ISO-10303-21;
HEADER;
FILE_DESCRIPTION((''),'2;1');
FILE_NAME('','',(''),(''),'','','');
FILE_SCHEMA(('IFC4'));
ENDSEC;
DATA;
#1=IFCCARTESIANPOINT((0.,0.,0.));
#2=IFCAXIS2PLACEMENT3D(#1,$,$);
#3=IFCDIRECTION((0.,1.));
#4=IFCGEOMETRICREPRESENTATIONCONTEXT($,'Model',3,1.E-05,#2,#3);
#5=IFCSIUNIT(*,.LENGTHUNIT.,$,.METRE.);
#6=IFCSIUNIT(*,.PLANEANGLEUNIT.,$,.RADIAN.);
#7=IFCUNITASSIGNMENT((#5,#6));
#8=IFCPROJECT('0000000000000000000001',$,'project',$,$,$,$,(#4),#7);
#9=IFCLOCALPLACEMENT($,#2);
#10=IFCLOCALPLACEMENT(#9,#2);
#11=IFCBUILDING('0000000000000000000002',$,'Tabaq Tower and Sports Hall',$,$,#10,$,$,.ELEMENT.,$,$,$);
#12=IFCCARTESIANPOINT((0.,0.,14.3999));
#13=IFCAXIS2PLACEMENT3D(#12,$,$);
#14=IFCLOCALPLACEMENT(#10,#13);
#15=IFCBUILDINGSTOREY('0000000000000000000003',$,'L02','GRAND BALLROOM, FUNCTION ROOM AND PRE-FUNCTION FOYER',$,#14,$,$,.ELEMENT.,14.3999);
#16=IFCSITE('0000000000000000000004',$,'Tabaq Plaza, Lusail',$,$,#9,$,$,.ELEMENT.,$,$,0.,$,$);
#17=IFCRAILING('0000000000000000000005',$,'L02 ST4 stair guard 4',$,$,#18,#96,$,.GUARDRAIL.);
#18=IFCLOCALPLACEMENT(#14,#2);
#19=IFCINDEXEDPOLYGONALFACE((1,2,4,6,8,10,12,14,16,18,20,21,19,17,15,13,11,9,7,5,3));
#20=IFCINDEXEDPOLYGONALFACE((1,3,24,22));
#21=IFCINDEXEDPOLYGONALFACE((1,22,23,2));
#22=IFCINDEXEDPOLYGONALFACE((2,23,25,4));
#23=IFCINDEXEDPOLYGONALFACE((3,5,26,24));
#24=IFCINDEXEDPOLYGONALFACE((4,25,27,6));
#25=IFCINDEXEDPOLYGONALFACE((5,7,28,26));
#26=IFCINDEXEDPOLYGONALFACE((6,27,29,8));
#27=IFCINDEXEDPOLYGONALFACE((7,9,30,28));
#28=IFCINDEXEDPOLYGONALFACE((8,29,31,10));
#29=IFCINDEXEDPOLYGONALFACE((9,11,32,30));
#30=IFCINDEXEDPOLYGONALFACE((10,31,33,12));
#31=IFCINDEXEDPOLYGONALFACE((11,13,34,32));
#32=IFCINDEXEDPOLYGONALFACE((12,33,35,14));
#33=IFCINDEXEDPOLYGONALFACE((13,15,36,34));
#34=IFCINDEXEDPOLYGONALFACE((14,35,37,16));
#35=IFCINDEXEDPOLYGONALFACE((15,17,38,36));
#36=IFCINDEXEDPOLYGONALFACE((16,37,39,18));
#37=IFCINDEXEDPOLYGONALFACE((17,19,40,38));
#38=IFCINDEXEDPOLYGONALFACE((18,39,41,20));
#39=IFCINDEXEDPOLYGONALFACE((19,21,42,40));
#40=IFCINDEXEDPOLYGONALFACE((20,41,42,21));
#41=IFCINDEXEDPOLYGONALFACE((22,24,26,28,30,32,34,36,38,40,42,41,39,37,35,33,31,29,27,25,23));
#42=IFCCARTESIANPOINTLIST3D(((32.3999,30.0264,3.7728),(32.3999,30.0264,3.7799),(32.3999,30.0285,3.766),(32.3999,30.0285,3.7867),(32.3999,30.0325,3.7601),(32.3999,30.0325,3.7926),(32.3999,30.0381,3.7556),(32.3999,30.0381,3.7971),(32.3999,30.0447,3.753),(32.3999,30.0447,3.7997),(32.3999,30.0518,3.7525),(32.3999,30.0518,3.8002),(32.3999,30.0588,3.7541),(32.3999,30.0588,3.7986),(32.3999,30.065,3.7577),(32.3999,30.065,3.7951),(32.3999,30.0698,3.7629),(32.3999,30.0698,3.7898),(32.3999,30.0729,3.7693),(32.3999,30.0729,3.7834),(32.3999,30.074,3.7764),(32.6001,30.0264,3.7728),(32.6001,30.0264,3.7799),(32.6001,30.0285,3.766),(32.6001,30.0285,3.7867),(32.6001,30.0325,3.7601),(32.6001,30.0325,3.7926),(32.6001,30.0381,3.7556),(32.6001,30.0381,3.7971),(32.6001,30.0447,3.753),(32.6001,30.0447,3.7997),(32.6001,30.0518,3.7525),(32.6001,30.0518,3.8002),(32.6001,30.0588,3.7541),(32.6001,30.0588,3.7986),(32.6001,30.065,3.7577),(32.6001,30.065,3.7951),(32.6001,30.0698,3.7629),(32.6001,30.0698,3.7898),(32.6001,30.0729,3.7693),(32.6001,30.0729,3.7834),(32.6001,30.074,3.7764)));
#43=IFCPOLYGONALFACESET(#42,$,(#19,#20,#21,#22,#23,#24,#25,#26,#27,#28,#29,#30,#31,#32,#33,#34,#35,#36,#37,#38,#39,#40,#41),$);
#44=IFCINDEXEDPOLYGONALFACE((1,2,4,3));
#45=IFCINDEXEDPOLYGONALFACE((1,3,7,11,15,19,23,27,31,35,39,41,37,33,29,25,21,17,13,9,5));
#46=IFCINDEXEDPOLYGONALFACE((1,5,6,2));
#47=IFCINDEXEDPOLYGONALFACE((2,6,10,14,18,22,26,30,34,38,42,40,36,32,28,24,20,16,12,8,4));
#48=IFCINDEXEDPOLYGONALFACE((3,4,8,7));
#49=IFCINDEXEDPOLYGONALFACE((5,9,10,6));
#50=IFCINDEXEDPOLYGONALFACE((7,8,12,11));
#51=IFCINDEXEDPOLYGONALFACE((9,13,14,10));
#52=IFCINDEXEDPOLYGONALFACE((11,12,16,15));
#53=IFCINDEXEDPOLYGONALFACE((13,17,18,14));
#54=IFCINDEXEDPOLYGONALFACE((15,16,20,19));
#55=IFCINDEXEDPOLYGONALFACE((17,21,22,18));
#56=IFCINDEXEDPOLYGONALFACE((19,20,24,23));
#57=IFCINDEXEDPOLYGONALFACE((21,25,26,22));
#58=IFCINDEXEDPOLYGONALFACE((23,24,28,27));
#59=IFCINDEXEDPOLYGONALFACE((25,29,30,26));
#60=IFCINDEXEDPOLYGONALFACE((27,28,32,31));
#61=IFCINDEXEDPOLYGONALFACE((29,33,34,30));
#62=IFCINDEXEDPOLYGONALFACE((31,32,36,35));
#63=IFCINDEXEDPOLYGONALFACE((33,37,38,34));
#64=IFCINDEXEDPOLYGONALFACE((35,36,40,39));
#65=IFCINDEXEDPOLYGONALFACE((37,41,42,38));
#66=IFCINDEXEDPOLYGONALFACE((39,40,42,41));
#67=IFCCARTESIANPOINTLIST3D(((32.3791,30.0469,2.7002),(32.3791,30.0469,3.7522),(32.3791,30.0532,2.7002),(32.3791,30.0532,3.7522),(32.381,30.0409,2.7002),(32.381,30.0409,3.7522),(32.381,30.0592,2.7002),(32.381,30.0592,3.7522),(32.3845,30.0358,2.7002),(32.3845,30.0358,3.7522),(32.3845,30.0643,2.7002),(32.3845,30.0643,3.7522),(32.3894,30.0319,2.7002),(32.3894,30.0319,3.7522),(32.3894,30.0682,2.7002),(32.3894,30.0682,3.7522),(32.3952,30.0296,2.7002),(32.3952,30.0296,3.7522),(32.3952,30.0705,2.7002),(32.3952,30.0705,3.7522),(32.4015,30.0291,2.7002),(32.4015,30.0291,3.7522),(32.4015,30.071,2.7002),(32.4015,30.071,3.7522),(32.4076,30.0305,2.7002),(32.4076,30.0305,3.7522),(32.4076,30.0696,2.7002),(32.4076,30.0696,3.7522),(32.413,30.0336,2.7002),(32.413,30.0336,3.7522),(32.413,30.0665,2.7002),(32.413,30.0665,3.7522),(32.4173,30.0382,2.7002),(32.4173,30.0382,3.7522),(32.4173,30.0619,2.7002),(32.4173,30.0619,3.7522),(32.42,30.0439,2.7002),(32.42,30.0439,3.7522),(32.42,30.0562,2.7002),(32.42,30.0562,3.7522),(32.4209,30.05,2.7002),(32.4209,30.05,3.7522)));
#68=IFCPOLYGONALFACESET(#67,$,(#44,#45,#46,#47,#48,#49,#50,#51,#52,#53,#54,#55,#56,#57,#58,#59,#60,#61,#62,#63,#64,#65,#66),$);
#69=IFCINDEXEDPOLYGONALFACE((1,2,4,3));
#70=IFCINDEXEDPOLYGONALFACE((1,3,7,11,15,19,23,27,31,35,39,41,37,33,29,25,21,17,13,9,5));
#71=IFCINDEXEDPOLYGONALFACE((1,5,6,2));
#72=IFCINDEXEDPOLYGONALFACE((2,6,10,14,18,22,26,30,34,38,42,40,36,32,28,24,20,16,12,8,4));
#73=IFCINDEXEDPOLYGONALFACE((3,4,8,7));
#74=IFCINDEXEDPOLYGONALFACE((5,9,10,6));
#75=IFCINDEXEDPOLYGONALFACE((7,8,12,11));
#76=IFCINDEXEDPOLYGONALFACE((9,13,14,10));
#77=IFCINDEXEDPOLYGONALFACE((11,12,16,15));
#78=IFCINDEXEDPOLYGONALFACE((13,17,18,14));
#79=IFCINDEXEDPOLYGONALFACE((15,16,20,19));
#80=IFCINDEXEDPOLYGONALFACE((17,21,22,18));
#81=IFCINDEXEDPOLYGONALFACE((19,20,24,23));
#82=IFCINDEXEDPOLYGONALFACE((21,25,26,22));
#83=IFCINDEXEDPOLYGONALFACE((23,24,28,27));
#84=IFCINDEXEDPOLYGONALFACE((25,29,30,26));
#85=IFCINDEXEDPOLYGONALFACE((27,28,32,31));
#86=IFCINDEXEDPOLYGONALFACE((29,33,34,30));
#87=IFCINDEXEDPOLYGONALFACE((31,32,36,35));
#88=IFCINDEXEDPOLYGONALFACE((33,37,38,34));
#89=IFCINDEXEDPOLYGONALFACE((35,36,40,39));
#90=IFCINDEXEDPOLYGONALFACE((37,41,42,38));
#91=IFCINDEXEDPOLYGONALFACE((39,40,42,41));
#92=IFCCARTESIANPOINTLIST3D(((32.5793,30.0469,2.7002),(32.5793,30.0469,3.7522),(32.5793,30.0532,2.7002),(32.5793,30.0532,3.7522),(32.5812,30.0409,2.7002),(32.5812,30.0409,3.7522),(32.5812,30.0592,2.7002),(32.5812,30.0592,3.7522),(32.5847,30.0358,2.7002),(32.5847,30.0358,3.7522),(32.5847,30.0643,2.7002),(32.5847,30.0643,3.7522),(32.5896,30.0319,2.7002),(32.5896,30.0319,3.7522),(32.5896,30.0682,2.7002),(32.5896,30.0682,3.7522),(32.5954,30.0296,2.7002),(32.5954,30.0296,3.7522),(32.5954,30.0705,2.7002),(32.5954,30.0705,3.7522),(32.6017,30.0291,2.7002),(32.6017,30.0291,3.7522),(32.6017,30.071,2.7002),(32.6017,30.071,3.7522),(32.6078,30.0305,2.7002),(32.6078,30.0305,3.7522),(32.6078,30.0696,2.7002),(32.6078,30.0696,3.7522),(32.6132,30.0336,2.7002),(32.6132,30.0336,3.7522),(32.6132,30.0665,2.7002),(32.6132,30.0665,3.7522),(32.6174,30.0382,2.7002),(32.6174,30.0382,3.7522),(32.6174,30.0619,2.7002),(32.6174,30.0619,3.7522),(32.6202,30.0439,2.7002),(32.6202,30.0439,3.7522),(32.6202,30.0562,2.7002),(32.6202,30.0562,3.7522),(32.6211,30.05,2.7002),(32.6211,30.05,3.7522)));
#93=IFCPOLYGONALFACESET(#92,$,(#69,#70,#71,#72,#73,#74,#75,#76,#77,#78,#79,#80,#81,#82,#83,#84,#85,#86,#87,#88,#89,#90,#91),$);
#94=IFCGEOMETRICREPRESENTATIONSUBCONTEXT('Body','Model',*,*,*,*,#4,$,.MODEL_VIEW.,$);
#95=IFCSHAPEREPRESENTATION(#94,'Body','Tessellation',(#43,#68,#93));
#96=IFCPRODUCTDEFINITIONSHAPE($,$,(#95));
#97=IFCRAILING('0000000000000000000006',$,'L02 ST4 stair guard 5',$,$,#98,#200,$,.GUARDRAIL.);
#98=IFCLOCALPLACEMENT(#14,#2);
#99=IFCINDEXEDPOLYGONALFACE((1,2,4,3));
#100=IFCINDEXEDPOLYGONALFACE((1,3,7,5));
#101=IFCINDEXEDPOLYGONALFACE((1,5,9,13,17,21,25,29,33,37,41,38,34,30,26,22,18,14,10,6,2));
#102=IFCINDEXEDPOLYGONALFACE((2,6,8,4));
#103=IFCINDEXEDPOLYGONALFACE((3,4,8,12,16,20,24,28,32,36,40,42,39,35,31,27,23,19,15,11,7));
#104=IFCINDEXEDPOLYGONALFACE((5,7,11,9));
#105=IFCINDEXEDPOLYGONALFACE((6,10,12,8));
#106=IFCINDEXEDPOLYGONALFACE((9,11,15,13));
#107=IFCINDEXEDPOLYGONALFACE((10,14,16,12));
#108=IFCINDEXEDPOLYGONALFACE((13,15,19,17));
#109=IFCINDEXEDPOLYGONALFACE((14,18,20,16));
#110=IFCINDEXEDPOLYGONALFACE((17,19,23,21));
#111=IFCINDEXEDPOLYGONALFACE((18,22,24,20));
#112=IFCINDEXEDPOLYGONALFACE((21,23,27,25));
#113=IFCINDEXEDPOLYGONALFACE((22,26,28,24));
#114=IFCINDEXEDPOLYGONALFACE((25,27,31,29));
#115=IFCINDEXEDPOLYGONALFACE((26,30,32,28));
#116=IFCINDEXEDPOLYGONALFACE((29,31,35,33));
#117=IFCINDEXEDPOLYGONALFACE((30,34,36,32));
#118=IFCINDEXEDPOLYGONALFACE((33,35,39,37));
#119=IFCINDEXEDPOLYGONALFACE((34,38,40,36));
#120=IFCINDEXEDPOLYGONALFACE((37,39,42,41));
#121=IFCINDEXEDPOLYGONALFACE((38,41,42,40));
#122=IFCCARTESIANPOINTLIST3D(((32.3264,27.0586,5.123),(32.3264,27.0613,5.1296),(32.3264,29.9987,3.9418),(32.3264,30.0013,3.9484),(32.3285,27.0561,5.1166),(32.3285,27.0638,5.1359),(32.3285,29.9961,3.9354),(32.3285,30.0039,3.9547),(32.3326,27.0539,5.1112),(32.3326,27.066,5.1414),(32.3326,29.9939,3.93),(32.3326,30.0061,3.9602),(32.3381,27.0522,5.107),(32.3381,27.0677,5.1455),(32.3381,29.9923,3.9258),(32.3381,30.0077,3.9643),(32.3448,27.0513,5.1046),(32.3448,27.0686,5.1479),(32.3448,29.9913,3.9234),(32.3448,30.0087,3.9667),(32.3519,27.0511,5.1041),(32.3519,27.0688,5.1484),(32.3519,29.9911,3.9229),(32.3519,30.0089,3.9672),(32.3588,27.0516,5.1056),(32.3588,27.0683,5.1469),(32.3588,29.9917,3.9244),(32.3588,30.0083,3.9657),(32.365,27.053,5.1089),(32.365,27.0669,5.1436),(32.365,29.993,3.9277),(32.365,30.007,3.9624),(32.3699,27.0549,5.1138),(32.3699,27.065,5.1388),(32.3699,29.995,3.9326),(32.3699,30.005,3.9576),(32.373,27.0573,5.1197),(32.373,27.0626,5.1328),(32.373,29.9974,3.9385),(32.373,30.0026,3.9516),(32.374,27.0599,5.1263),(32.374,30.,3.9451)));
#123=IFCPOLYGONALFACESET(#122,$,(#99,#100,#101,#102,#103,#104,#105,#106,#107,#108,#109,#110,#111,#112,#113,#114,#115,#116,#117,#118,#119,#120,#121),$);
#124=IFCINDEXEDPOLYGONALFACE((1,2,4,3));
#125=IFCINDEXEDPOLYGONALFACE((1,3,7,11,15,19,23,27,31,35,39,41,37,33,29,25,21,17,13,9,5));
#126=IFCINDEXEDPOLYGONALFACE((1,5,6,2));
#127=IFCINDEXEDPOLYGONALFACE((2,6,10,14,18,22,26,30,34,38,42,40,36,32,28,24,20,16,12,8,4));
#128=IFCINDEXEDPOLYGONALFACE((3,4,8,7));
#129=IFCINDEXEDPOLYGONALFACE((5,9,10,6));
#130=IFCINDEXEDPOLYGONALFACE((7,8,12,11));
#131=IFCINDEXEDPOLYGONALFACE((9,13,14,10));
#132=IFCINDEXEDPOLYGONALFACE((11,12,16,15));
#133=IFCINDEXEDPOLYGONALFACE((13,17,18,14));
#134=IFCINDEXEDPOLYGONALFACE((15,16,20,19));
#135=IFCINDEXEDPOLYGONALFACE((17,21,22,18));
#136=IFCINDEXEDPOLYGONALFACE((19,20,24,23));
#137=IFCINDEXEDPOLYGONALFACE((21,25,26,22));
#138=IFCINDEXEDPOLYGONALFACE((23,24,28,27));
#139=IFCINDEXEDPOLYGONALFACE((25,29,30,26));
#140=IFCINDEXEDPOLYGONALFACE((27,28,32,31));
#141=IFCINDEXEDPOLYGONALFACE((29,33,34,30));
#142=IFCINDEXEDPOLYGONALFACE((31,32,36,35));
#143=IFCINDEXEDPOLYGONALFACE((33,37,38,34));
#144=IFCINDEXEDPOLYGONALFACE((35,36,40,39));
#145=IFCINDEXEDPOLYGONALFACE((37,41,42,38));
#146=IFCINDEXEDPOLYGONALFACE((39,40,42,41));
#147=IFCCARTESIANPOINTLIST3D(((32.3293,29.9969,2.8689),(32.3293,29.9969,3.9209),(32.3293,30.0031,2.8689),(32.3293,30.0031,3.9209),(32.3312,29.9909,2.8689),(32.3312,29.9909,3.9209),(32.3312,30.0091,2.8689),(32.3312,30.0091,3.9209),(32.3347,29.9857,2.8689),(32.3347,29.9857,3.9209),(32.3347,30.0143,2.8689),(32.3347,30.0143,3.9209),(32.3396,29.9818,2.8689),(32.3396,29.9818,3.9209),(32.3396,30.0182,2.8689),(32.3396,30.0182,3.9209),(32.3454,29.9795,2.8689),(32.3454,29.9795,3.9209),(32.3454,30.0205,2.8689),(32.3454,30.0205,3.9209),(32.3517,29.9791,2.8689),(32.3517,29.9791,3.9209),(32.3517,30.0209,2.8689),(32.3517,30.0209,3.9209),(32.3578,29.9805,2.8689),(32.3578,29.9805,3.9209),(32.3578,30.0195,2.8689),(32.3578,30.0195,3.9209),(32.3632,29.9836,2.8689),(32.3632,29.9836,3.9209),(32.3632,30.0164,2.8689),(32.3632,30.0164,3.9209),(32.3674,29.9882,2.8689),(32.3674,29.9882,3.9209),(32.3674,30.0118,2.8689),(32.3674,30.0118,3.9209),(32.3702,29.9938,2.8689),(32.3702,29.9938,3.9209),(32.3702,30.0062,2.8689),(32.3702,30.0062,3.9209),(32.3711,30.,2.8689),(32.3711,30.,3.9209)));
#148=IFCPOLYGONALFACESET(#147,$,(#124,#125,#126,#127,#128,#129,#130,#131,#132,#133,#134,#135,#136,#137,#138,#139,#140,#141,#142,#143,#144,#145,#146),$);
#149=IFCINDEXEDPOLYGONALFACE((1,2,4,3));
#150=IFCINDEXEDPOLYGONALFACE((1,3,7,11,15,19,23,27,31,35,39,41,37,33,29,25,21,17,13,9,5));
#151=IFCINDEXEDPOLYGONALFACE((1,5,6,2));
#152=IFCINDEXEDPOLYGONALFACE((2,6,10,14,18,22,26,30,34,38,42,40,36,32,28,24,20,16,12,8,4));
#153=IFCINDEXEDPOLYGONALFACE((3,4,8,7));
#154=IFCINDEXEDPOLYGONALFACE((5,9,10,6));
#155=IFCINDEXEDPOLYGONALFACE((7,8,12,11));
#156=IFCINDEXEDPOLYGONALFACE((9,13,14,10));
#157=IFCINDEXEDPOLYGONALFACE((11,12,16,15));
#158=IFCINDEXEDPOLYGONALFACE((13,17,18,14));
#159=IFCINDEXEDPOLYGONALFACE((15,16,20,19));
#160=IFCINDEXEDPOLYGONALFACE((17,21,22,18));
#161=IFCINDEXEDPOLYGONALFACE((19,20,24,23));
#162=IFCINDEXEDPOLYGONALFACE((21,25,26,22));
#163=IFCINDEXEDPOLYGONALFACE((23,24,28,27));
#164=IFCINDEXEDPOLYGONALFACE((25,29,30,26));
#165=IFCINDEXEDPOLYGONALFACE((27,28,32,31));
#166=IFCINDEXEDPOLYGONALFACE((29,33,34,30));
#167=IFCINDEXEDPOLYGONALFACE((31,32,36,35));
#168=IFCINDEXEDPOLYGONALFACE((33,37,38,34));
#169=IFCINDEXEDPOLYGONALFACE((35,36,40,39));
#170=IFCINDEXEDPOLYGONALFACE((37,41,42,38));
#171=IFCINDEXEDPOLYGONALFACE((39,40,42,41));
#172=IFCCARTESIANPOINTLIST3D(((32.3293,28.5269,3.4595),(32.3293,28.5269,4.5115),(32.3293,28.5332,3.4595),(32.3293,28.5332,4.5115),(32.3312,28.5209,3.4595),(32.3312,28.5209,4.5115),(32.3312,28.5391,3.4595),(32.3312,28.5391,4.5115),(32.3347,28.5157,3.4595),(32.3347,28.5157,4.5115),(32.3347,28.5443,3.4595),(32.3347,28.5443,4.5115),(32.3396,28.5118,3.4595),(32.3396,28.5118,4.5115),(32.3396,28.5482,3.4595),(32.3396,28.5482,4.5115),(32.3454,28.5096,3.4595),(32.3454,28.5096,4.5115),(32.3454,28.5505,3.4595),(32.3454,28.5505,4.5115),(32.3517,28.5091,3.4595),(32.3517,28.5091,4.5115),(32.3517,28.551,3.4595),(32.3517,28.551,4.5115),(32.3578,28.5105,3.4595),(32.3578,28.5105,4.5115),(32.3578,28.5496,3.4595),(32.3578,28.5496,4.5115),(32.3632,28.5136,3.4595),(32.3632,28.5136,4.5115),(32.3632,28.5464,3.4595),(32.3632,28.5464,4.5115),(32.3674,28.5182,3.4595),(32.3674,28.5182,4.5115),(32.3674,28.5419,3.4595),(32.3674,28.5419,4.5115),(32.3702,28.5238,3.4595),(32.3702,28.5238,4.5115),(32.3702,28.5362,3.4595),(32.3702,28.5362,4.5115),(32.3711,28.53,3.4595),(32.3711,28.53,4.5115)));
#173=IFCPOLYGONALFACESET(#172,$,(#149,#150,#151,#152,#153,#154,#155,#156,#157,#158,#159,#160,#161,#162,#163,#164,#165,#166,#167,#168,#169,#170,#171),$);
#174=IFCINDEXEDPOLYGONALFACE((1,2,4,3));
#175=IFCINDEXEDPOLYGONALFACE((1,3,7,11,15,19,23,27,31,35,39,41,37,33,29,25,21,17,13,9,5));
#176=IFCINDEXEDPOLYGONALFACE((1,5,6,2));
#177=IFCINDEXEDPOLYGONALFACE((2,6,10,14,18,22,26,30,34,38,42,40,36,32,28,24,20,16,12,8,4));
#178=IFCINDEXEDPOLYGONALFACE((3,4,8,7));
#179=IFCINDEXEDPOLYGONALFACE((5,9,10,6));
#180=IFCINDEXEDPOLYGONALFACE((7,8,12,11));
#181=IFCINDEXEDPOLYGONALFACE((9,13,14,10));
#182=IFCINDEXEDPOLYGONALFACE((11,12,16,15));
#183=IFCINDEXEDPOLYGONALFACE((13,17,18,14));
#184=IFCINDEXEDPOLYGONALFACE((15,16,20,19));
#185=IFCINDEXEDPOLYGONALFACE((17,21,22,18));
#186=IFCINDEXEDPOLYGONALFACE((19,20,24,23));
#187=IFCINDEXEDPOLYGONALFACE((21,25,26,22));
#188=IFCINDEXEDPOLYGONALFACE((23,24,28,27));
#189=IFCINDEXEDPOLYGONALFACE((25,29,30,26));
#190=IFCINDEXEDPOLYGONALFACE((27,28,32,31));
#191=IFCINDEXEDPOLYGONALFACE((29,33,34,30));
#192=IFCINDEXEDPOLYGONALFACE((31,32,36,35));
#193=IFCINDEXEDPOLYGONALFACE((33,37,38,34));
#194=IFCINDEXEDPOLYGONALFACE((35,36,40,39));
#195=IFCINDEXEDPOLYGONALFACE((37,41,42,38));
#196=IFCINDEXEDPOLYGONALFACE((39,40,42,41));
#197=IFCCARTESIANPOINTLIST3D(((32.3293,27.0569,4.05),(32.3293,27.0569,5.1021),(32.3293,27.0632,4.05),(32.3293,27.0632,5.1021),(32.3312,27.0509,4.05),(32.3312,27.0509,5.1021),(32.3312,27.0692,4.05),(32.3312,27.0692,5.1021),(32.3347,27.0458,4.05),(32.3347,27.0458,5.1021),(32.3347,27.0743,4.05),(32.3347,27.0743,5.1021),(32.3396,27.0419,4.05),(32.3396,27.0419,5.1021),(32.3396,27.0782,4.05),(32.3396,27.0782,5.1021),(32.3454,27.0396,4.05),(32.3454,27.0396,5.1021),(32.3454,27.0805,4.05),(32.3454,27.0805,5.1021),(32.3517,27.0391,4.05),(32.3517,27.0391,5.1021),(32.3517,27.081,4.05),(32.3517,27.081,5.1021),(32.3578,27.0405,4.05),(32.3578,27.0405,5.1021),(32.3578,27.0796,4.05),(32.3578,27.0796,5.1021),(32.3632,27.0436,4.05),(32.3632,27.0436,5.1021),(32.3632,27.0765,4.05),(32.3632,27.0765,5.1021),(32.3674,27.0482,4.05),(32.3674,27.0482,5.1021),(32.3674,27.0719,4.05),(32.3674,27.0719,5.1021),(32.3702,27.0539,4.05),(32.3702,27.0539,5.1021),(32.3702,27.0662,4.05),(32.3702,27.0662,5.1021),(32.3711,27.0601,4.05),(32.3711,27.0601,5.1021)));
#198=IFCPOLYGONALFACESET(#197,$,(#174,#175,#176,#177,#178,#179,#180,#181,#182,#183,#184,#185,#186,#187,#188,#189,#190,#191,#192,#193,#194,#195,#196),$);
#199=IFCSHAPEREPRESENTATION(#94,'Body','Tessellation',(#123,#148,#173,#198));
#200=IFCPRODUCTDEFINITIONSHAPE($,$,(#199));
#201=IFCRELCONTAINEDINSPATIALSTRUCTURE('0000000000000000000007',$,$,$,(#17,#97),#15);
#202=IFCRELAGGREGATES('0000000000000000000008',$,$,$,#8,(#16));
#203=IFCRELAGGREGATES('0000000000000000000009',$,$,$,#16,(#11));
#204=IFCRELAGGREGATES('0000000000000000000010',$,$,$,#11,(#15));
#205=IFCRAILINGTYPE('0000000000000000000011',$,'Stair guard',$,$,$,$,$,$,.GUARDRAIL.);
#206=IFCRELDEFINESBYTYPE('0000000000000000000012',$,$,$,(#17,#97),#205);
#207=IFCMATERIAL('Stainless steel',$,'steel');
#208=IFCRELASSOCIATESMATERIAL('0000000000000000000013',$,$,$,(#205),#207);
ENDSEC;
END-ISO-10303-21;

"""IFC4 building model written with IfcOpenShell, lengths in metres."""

from ifc_helpers import new_model, si_unit, direction, frame, origin, origin_2d, place, context, subcontext, project, spatial, circle, extrude, material, type_object, element, save


model = new_model("IFC4")

# Units and contexts
model_context = context("Model", 3, precision=1e-05, world=origin(), true_north=direction((0.0, 1.0)))
body_context = subcontext(model_context, "Body", "Model", "MODEL_VIEW")
ifc_project = project(units=[si_unit("LENGTHUNIT", "METRE"), si_unit("PLANEANGLEUNIT", "RADIAN")], contexts=[model_context])

# Site, building, storey
site_placement = place(None, origin())
site = spatial("IfcSite", under=ifc_project, at=site_placement, Name="Tabaq Plaza, Lusail", CompositionType="ELEMENT", RefElevation=0.0)
building_placement = place(site_placement, origin())
building = spatial("IfcBuilding", under=site, at=building_placement, Name="Tabaq Tower and Sports Hall", CompositionType="ELEMENT")
storey_placement = place(building_placement, frame((0.0, 0.0, 14.3999)))
storey = spatial("IfcBuildingStorey", under=building, at=storey_placement, Name="L02", Description="GRAND BALLROOM, FUNCTION ROOM AND PRE-FUNCTION FOYER", CompositionType="ELEMENT", Elevation=14.3999)

# Railings
ifc_material_1 = material(Name="Stainless steel", Category="steel")
railing_type_1 = type_object("IfcRailingType", Name="Stair guard", PredefinedType="GUARDRAIL", material=ifc_material_1)
railing_1_placement = place(storey_placement, frame((32.3999, 30.05, 2.7002)))
element("IfcRailing", 1, at=railing_1_placement, inside=storey, type_object=railing_type_1, Name="L02 ST4 stair guard 4", PredefinedType="GUARDRAIL", context=body_context, shape_type="SweptSolid", body=[
    extrude(circle(Radius=0.0239, at=origin_2d()), frame((0.0, 0.0, 1.0762), z_axis=(1.0, 0.0, 0.0), x_axis=(0.0, 1.0, 0.0)), (0.0, 0.0, 1.0), 0.2002),
    extrude(circle(Radius=0.021, at=origin_2d()), origin(), (0.0, 0.0, 1.0), 1.052),
    extrude(circle(Radius=0.021, at=origin_2d()), frame((0.2002, 0.0, 0.0)), (0.0, 0.0, 1.0), 1.052),
])
railing_2_placement = place(storey_placement, frame((32.3501, 30.0, 2.8689)))
element("IfcRailing", 2, at=railing_2_placement, inside=storey, type_object=railing_type_1, Name="L02 ST4 stair guard 5", PredefinedType="GUARDRAIL", context=body_context, shape_type="SweptSolid", body=[
    extrude(circle(Radius=0.0239, at=origin_2d()), frame((0.0, 0.0, 1.0762), z_axis=(0.0, -0.927912, 0.372799), x_axis=(1.0, 0.0, 0.0)), (0.0, 0.0, 1.0), 3.1685),
    extrude(circle(Radius=0.021, at=origin_2d()), origin(), (0.0, 0.0, 1.0), 1.052),
    extrude(circle(Radius=0.021, at=origin_2d()), frame((0.0, -1.47, 0.5906)), (0.0, 0.0, 1.0), 1.052),
    extrude(circle(Radius=0.021, at=origin_2d()), frame((0.0, -2.9399, 1.1812)), (0.0, 0.0, 1.0), 1.052),
])

save(model, "model.ifc")
